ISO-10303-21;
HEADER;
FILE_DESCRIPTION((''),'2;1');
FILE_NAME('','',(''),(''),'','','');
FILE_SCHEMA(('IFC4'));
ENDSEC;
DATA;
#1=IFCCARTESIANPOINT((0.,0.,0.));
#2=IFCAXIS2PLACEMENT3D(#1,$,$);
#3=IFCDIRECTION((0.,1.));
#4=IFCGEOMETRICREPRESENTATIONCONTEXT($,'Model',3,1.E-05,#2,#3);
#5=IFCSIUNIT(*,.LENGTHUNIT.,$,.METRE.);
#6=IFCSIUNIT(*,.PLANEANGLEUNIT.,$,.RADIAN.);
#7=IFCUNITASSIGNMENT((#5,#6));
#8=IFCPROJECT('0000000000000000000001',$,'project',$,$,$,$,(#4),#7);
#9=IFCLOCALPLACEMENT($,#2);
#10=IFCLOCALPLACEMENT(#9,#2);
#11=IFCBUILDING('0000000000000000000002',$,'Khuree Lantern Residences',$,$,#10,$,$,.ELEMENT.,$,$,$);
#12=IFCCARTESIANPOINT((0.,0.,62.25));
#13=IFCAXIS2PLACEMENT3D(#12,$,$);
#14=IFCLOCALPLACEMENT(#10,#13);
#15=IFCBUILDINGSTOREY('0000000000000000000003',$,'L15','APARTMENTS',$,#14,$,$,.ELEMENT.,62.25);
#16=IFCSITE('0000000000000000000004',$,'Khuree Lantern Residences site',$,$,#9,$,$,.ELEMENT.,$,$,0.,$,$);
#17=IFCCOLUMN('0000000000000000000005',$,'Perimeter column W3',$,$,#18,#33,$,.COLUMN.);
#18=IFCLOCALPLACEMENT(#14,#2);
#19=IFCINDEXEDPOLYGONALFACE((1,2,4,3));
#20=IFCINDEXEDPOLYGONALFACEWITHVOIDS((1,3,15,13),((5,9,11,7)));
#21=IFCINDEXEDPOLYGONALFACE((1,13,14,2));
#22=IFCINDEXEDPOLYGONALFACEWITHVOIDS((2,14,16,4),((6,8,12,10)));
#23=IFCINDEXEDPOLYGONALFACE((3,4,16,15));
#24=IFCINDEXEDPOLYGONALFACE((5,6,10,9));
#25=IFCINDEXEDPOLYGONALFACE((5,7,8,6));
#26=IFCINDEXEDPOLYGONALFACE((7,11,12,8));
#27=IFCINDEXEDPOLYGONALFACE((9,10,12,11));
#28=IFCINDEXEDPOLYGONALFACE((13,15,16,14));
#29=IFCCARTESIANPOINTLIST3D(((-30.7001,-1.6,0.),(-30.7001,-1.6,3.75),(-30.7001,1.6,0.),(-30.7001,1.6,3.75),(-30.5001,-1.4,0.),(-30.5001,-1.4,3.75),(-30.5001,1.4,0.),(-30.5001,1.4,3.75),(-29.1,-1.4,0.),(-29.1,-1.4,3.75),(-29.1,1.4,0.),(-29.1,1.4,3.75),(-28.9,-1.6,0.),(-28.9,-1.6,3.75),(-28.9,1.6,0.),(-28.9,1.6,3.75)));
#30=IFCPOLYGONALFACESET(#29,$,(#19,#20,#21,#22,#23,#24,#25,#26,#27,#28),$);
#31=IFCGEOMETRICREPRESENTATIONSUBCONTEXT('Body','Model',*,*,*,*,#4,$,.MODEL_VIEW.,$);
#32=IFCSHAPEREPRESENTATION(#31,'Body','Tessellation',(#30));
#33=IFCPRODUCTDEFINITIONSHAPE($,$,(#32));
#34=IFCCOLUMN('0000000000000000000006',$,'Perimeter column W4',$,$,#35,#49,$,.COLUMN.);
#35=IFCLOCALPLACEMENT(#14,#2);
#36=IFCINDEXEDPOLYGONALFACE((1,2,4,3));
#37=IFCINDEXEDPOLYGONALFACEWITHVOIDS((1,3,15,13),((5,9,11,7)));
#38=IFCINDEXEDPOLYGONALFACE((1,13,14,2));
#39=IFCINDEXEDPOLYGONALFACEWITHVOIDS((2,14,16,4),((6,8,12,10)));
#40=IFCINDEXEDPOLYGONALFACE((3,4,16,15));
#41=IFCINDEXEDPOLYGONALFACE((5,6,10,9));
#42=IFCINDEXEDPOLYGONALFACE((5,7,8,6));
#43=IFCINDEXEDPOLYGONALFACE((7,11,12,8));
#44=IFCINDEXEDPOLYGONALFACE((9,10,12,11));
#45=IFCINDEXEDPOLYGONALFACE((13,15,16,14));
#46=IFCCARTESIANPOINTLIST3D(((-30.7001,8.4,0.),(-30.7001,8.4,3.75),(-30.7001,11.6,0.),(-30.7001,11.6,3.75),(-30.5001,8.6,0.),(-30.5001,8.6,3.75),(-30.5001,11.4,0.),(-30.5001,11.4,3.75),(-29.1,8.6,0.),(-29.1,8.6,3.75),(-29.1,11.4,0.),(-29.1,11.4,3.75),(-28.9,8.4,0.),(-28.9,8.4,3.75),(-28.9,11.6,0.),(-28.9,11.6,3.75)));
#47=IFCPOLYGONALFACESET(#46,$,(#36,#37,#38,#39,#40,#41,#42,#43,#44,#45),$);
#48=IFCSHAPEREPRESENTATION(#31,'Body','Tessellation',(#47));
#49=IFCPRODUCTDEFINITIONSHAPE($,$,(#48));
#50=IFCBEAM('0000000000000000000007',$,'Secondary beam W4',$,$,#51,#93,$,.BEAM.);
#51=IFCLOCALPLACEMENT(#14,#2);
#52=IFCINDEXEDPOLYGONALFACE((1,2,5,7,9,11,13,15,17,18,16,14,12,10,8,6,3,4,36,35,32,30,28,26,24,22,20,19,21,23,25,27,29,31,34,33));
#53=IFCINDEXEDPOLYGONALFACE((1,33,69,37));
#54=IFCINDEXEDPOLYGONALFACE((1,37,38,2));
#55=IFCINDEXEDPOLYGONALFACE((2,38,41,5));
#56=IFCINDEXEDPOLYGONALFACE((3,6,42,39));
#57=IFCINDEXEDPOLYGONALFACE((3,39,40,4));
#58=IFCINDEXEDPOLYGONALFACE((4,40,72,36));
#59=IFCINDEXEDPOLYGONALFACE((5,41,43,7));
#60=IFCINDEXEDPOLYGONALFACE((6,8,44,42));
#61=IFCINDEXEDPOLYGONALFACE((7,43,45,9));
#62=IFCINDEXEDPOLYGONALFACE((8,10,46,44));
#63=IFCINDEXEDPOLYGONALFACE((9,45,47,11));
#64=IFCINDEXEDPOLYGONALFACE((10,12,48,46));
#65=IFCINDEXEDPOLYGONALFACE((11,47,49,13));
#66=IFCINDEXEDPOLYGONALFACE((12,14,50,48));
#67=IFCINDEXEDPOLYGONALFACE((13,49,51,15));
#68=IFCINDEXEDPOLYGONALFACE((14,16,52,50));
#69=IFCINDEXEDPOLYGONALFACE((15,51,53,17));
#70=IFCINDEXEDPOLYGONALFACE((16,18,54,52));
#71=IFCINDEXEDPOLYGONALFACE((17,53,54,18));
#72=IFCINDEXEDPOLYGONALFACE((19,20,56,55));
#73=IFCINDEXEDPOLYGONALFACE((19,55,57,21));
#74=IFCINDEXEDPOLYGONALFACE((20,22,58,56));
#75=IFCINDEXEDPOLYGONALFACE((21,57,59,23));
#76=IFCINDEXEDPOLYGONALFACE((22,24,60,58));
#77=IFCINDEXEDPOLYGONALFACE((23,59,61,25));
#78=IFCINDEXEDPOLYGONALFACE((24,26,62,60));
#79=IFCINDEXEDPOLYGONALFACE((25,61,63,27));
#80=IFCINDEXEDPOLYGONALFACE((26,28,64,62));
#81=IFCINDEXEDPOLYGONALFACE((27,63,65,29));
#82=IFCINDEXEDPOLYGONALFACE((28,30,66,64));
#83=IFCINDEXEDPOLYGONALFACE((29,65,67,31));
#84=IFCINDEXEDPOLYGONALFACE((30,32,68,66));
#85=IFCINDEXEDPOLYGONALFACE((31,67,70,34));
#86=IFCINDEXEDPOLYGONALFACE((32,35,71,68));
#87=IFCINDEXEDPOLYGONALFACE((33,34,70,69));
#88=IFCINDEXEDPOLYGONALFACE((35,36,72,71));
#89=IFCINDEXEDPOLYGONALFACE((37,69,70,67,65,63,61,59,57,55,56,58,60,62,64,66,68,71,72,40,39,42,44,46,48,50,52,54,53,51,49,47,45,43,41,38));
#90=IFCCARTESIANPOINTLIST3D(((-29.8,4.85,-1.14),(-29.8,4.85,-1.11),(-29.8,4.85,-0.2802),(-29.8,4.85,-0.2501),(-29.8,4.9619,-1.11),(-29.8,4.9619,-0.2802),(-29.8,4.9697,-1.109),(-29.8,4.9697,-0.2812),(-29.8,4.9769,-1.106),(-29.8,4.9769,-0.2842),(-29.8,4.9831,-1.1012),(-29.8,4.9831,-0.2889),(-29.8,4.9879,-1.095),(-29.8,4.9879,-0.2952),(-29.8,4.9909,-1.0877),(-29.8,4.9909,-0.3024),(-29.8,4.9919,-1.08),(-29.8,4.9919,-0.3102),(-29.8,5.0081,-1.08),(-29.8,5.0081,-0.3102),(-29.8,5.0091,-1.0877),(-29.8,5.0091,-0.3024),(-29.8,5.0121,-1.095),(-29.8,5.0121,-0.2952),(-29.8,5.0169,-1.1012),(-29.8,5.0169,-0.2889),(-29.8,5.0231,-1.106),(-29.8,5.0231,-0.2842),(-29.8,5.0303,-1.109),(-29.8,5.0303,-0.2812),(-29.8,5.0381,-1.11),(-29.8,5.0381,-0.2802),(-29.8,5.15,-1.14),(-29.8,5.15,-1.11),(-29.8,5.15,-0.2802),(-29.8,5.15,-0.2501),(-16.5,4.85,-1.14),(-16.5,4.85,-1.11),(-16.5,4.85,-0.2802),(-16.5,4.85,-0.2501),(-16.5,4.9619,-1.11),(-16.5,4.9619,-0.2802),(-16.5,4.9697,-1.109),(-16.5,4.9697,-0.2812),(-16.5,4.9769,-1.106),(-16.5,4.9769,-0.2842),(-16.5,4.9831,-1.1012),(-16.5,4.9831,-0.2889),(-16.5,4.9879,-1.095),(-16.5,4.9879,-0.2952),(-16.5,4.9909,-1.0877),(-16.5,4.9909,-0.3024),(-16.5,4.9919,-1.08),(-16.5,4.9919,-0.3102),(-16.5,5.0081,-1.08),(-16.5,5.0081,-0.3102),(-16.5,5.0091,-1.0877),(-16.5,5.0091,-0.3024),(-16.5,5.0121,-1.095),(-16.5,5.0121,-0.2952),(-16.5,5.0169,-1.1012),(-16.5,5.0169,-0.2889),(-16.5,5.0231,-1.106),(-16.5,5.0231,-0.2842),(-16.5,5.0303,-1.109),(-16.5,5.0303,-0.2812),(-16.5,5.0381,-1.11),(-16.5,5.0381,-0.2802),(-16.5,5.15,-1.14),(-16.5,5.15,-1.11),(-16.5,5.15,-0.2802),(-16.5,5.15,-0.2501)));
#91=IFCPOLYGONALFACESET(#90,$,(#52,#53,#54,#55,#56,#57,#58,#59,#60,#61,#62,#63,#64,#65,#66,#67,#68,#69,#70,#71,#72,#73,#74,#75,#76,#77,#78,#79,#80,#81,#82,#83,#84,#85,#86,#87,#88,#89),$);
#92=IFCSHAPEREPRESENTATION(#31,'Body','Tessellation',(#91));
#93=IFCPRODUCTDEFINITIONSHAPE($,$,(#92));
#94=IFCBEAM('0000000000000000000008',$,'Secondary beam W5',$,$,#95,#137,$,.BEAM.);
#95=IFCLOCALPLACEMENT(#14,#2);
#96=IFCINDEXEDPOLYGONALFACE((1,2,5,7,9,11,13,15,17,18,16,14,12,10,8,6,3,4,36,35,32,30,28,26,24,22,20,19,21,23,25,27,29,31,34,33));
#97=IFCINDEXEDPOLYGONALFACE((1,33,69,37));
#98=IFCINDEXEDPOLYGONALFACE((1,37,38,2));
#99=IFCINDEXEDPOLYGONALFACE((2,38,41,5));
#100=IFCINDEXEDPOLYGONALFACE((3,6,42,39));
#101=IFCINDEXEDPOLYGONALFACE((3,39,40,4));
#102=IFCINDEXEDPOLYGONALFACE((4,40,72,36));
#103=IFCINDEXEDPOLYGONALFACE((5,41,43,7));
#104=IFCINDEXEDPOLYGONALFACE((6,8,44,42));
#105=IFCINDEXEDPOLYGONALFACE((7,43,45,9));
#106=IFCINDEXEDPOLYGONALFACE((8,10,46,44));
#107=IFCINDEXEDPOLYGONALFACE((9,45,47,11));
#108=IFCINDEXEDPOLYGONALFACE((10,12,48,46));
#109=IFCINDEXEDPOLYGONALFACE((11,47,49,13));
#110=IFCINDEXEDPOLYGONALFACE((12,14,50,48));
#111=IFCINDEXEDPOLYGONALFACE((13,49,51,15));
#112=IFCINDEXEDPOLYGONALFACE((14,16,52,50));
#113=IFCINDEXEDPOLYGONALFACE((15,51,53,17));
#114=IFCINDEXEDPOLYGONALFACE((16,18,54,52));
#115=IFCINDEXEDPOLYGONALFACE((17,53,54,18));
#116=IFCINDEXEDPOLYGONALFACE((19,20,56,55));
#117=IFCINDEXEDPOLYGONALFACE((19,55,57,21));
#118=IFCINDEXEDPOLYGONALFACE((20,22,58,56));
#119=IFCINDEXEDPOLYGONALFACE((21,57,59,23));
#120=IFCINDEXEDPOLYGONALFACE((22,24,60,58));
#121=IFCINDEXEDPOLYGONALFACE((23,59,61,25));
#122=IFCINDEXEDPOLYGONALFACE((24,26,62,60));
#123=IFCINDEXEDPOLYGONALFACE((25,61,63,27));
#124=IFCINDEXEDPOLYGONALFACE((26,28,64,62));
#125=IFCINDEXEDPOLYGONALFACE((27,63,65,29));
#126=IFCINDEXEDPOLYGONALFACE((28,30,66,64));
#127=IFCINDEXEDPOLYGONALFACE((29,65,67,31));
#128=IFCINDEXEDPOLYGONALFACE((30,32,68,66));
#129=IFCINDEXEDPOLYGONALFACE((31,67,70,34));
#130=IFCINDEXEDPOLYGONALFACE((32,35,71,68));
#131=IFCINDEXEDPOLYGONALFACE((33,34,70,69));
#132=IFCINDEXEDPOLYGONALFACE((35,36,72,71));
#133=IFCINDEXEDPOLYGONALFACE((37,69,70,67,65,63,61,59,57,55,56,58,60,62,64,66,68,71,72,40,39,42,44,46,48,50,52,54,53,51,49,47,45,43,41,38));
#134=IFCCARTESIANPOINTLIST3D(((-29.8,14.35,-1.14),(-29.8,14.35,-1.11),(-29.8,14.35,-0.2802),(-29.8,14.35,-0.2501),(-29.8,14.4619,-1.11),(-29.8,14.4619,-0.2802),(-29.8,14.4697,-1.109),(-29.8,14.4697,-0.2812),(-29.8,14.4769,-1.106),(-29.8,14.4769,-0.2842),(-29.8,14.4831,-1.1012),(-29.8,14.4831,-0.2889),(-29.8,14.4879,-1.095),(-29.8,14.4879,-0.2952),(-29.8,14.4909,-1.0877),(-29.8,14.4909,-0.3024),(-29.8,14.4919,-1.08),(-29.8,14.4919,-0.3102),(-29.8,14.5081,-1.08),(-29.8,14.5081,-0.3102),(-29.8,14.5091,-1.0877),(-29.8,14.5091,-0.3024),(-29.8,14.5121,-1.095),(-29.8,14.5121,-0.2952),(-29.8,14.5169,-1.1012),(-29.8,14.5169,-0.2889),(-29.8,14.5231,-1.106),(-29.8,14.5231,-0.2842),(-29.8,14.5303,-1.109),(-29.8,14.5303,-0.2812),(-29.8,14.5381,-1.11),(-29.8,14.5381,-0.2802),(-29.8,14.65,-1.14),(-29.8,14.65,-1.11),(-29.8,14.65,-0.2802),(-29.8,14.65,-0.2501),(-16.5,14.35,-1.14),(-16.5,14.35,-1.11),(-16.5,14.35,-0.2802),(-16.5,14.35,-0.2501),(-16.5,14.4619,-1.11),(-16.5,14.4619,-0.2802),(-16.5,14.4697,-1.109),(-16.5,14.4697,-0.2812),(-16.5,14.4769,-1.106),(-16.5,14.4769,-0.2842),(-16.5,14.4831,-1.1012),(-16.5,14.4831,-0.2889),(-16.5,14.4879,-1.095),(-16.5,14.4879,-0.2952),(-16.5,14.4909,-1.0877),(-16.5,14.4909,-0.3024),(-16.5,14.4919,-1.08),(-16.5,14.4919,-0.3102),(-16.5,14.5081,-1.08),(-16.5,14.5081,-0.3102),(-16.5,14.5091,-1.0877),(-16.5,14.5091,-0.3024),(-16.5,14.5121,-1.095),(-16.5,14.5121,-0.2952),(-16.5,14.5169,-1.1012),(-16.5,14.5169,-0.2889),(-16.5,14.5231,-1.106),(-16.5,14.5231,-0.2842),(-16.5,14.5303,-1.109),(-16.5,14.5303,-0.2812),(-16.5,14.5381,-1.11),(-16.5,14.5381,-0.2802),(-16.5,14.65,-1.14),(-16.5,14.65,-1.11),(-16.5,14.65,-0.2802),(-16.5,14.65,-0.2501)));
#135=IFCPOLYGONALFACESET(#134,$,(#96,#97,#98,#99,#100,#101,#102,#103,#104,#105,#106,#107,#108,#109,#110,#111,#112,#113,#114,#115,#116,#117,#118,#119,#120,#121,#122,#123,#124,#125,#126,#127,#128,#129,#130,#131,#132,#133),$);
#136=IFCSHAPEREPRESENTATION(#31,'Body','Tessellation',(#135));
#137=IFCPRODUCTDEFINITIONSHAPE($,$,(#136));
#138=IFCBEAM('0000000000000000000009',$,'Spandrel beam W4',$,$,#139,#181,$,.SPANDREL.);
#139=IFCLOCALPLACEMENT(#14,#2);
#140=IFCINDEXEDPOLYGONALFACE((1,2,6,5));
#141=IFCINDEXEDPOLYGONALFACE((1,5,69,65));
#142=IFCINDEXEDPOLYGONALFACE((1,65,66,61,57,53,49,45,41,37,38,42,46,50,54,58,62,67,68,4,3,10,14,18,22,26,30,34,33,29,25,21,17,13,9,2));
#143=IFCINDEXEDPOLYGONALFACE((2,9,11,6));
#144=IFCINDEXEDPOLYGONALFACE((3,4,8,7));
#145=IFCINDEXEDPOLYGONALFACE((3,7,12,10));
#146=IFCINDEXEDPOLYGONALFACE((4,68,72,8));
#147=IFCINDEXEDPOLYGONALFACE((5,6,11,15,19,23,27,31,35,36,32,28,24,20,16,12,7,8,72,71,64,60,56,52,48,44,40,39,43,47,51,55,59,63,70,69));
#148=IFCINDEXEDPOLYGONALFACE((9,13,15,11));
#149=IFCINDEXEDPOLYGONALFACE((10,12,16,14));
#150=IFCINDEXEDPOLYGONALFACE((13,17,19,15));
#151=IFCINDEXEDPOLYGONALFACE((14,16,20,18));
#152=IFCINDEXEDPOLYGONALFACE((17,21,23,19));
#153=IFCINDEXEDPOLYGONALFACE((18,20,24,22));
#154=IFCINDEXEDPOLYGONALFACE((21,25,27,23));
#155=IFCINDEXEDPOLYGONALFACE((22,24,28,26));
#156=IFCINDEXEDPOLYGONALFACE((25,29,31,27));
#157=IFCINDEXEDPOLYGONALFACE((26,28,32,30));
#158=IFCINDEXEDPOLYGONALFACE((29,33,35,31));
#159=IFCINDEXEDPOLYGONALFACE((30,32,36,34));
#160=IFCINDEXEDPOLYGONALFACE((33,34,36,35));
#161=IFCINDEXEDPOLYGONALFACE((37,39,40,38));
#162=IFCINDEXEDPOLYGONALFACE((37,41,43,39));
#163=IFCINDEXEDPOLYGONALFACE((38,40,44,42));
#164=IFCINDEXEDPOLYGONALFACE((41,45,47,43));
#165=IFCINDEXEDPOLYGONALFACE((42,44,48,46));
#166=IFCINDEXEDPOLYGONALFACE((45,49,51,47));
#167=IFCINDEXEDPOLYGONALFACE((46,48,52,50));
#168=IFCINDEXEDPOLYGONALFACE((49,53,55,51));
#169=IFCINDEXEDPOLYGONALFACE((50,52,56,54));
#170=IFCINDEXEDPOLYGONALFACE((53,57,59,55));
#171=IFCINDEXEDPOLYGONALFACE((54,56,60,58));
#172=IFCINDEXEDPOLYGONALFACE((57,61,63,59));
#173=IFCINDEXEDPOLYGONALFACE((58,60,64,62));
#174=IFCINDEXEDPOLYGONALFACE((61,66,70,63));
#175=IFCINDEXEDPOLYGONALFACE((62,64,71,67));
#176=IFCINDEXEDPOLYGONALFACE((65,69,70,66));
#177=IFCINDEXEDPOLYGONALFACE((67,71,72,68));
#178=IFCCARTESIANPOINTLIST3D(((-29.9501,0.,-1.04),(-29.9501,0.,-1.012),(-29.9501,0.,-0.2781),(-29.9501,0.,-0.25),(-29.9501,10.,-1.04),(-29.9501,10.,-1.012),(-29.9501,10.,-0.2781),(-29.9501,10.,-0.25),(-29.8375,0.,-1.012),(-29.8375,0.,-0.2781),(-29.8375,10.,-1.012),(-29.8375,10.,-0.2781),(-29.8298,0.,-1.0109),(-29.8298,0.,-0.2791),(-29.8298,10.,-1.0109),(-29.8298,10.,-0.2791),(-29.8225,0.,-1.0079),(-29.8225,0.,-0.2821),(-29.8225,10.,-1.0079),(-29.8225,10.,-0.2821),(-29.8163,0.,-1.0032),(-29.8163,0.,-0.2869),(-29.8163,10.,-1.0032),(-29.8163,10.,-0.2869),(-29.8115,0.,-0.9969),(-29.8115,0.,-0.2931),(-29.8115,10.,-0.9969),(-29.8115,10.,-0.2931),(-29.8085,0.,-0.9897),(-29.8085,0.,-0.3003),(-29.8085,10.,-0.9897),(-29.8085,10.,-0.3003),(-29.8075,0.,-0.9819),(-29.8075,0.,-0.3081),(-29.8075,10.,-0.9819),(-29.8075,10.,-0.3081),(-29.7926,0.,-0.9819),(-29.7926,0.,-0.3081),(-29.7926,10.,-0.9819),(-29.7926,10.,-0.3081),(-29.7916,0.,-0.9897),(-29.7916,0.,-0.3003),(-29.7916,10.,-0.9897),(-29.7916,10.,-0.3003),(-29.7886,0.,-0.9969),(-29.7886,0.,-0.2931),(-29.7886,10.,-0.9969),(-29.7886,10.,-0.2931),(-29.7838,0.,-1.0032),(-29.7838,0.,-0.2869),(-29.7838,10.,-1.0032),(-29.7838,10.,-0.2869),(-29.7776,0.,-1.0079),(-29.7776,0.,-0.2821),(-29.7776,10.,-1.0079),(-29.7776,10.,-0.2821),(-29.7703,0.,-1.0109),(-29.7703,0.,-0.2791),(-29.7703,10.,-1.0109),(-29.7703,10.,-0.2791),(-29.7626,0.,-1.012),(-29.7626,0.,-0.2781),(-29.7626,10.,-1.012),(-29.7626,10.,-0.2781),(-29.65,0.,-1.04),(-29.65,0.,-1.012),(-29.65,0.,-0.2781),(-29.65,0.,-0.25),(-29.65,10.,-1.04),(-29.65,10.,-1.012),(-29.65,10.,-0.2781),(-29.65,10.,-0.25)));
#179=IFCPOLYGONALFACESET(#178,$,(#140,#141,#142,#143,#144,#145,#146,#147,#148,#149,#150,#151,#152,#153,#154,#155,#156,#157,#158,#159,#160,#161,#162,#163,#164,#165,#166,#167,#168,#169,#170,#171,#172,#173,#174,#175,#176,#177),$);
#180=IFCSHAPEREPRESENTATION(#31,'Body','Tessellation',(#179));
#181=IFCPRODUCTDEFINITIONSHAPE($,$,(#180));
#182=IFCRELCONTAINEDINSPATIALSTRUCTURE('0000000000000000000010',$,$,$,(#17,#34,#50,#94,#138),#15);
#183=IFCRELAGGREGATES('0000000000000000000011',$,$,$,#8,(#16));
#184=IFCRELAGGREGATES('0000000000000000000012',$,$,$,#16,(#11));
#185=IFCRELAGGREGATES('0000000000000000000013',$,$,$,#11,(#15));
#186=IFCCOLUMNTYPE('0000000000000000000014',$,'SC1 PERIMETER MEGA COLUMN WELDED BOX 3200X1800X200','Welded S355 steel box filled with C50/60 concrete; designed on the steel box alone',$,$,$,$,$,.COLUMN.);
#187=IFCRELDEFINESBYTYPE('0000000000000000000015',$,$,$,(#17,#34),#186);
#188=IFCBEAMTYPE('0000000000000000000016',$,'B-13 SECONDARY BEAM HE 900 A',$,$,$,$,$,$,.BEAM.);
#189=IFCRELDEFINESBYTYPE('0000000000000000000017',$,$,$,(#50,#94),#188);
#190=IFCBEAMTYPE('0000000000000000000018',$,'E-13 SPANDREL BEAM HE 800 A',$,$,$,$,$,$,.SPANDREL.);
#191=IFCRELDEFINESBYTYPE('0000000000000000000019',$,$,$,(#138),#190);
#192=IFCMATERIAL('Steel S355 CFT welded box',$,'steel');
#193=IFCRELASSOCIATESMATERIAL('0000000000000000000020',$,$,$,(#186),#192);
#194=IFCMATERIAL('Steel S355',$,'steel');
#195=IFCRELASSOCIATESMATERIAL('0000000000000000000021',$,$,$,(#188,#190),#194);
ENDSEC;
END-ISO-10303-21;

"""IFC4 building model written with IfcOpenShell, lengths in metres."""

from ifc_helpers import new_model, si_unit, direction, frame, origin, origin_2d, place, context, subcontext, project, spatial, hollow_rectangle, i_section, extrude, material, material_profile, profile_set, type_object, element, save


model = new_model("IFC4")

# Units and contexts
model_context = context("Model", 3, precision=1e-05, world=origin(), true_north=direction((0.0, 1.0)))
body_context = subcontext(model_context, "Body", "Model", "MODEL_VIEW")
ifc_project = project(units=[si_unit("LENGTHUNIT", "METRE"), si_unit("PLANEANGLEUNIT", "RADIAN")], contexts=[model_context])

# Site, building, storey
site_placement = place(None, origin())
site = spatial("IfcSite", under=ifc_project, at=site_placement, Name="Khuree Lantern Residences site", CompositionType="ELEMENT", RefElevation=0.0)
building_placement = place(site_placement, origin())
building = spatial("IfcBuilding", under=site, at=building_placement, Name="Khuree Lantern Residences", CompositionType="ELEMENT")
storey_placement = place(building_placement, frame((0.0, 0.0, 62.25)))
storey = spatial("IfcBuildingStorey", under=building, at=storey_placement, Name="L15", Description="APARTMENTS", CompositionType="ELEMENT", Elevation=62.25)

# Columns
ifc_material_1 = material(Name="Steel S355 CFT welded box", Category="steel")
ifc_material_profile_1 = material_profile(ifc_material_1, hollow_rectangle(XDim=3.2, YDim=1.8, WallThickness=0.2, at=origin_2d()), Name="WELDED BOX 3200X1800X200")
ifc_profile_set_1 = profile_set([ifc_material_profile_1], Name="Steel S355 CFT welded box")
column_type = type_object("IfcColumnType", Name="SC1 PERIMETER MEGA COLUMN WELDED BOX 3200X1800X200", Description="Welded S355 steel box filled with C50/60 concrete; designed on the steel box alone", PredefinedType="COLUMN", material=ifc_profile_set_1)
for number, where, z_axis, x_axis, name in (
    (1, (-29.8, 0.0, 0.0), (0.0, 0.0, 1.0), (0.0, 1.0, 0.0), "Perimeter column W3"),
    (2, (-29.8, 10.0, 0.0), (0.0, 0.0, 1.0), (0.0, 1.0, 0.0), "Perimeter column W4"),
):
    element("IfcColumn", number, at=place(storey_placement, frame(where, z_axis=z_axis, x_axis=x_axis)), inside=storey, type_object=column_type, Name=name, PredefinedType="COLUMN", context=body_context, shape_type="SweptSolid", body=[
        extrude(hollow_rectangle(XDim=3.2, YDim=1.8, WallThickness=0.2, at=origin_2d()), origin(), (0.0, 0.0, 1.0), 3.75),
    ])

# Beams
ifc_material_2 = material(Name="Steel S355", Category="steel")
ifc_material_profile_2 = material_profile(ifc_material_2, i_section(OverallWidth=0.3, OverallDepth=0.8899, WebThickness=0.0161, FlangeThickness=0.03, FilletRadius=0.03, at=origin_2d()), Name="HE 900 A")
ifc_profile_set_2 = profile_set([ifc_material_profile_2], Name="Steel S355")
beam_type_1 = type_object("IfcBeamType", Name="B-13 SECONDARY BEAM HE 900 A", PredefinedType="BEAM", material=ifc_profile_set_2)
for number, where, z_axis, x_axis, name in (
    (3, (-29.8, 5.0, -0.6951), (1.0, 0.0, 0.0), (0.0, 1.0, 0.0), "Secondary beam W4"),
    (4, (-29.8, 14.5, -0.6951), (1.0, 0.0, 0.0), (0.0, 1.0, 0.0), "Secondary beam W5"),
):
    element("IfcBeam", number, at=place(storey_placement, frame(where, z_axis=z_axis, x_axis=x_axis)), inside=storey, type_object=beam_type_1, Name=name, PredefinedType="BEAM", context=body_context, shape_type="SweptSolid", body=[
        extrude(i_section(OverallWidth=0.3, OverallDepth=0.8899, WebThickness=0.0161, FlangeThickness=0.03, FilletRadius=0.03, at=origin_2d()), origin(), (0.0, 0.0, 1.0), 13.3),
    ])
ifc_material_profile_3 = material_profile(ifc_material_2, i_section(OverallWidth=0.3, OverallDepth=0.79, WebThickness=0.0149, FlangeThickness=0.0281, FilletRadius=0.03, at=origin_2d()), Name="HE 800 A")
ifc_profile_set_3 = profile_set([ifc_material_profile_3], Name="Steel S355")
beam_type_2 = type_object("IfcBeamType", Name="E-13 SPANDREL BEAM HE 800 A", PredefinedType="SPANDREL", material=ifc_profile_set_3)
for number, where, z_axis, x_axis, name in (
    (5, (-29.8, 0.0, -0.645), (0.0, 1.0, 0.0), (-1.0, 0.0, 0.0), "Spandrel beam W4"),
):
    element("IfcBeam", number, at=place(storey_placement, frame(where, z_axis=z_axis, x_axis=x_axis)), inside=storey, type_object=beam_type_2, Name=name, PredefinedType="SPANDREL", context=body_context, shape_type="SweptSolid", body=[
        extrude(i_section(OverallWidth=0.3, OverallDepth=0.79, WebThickness=0.0149, FlangeThickness=0.0281, FilletRadius=0.03, at=origin_2d()), origin(), (0.0, 0.0, 1.0), 10.0),
    ])

save(model, "model.ifc")
